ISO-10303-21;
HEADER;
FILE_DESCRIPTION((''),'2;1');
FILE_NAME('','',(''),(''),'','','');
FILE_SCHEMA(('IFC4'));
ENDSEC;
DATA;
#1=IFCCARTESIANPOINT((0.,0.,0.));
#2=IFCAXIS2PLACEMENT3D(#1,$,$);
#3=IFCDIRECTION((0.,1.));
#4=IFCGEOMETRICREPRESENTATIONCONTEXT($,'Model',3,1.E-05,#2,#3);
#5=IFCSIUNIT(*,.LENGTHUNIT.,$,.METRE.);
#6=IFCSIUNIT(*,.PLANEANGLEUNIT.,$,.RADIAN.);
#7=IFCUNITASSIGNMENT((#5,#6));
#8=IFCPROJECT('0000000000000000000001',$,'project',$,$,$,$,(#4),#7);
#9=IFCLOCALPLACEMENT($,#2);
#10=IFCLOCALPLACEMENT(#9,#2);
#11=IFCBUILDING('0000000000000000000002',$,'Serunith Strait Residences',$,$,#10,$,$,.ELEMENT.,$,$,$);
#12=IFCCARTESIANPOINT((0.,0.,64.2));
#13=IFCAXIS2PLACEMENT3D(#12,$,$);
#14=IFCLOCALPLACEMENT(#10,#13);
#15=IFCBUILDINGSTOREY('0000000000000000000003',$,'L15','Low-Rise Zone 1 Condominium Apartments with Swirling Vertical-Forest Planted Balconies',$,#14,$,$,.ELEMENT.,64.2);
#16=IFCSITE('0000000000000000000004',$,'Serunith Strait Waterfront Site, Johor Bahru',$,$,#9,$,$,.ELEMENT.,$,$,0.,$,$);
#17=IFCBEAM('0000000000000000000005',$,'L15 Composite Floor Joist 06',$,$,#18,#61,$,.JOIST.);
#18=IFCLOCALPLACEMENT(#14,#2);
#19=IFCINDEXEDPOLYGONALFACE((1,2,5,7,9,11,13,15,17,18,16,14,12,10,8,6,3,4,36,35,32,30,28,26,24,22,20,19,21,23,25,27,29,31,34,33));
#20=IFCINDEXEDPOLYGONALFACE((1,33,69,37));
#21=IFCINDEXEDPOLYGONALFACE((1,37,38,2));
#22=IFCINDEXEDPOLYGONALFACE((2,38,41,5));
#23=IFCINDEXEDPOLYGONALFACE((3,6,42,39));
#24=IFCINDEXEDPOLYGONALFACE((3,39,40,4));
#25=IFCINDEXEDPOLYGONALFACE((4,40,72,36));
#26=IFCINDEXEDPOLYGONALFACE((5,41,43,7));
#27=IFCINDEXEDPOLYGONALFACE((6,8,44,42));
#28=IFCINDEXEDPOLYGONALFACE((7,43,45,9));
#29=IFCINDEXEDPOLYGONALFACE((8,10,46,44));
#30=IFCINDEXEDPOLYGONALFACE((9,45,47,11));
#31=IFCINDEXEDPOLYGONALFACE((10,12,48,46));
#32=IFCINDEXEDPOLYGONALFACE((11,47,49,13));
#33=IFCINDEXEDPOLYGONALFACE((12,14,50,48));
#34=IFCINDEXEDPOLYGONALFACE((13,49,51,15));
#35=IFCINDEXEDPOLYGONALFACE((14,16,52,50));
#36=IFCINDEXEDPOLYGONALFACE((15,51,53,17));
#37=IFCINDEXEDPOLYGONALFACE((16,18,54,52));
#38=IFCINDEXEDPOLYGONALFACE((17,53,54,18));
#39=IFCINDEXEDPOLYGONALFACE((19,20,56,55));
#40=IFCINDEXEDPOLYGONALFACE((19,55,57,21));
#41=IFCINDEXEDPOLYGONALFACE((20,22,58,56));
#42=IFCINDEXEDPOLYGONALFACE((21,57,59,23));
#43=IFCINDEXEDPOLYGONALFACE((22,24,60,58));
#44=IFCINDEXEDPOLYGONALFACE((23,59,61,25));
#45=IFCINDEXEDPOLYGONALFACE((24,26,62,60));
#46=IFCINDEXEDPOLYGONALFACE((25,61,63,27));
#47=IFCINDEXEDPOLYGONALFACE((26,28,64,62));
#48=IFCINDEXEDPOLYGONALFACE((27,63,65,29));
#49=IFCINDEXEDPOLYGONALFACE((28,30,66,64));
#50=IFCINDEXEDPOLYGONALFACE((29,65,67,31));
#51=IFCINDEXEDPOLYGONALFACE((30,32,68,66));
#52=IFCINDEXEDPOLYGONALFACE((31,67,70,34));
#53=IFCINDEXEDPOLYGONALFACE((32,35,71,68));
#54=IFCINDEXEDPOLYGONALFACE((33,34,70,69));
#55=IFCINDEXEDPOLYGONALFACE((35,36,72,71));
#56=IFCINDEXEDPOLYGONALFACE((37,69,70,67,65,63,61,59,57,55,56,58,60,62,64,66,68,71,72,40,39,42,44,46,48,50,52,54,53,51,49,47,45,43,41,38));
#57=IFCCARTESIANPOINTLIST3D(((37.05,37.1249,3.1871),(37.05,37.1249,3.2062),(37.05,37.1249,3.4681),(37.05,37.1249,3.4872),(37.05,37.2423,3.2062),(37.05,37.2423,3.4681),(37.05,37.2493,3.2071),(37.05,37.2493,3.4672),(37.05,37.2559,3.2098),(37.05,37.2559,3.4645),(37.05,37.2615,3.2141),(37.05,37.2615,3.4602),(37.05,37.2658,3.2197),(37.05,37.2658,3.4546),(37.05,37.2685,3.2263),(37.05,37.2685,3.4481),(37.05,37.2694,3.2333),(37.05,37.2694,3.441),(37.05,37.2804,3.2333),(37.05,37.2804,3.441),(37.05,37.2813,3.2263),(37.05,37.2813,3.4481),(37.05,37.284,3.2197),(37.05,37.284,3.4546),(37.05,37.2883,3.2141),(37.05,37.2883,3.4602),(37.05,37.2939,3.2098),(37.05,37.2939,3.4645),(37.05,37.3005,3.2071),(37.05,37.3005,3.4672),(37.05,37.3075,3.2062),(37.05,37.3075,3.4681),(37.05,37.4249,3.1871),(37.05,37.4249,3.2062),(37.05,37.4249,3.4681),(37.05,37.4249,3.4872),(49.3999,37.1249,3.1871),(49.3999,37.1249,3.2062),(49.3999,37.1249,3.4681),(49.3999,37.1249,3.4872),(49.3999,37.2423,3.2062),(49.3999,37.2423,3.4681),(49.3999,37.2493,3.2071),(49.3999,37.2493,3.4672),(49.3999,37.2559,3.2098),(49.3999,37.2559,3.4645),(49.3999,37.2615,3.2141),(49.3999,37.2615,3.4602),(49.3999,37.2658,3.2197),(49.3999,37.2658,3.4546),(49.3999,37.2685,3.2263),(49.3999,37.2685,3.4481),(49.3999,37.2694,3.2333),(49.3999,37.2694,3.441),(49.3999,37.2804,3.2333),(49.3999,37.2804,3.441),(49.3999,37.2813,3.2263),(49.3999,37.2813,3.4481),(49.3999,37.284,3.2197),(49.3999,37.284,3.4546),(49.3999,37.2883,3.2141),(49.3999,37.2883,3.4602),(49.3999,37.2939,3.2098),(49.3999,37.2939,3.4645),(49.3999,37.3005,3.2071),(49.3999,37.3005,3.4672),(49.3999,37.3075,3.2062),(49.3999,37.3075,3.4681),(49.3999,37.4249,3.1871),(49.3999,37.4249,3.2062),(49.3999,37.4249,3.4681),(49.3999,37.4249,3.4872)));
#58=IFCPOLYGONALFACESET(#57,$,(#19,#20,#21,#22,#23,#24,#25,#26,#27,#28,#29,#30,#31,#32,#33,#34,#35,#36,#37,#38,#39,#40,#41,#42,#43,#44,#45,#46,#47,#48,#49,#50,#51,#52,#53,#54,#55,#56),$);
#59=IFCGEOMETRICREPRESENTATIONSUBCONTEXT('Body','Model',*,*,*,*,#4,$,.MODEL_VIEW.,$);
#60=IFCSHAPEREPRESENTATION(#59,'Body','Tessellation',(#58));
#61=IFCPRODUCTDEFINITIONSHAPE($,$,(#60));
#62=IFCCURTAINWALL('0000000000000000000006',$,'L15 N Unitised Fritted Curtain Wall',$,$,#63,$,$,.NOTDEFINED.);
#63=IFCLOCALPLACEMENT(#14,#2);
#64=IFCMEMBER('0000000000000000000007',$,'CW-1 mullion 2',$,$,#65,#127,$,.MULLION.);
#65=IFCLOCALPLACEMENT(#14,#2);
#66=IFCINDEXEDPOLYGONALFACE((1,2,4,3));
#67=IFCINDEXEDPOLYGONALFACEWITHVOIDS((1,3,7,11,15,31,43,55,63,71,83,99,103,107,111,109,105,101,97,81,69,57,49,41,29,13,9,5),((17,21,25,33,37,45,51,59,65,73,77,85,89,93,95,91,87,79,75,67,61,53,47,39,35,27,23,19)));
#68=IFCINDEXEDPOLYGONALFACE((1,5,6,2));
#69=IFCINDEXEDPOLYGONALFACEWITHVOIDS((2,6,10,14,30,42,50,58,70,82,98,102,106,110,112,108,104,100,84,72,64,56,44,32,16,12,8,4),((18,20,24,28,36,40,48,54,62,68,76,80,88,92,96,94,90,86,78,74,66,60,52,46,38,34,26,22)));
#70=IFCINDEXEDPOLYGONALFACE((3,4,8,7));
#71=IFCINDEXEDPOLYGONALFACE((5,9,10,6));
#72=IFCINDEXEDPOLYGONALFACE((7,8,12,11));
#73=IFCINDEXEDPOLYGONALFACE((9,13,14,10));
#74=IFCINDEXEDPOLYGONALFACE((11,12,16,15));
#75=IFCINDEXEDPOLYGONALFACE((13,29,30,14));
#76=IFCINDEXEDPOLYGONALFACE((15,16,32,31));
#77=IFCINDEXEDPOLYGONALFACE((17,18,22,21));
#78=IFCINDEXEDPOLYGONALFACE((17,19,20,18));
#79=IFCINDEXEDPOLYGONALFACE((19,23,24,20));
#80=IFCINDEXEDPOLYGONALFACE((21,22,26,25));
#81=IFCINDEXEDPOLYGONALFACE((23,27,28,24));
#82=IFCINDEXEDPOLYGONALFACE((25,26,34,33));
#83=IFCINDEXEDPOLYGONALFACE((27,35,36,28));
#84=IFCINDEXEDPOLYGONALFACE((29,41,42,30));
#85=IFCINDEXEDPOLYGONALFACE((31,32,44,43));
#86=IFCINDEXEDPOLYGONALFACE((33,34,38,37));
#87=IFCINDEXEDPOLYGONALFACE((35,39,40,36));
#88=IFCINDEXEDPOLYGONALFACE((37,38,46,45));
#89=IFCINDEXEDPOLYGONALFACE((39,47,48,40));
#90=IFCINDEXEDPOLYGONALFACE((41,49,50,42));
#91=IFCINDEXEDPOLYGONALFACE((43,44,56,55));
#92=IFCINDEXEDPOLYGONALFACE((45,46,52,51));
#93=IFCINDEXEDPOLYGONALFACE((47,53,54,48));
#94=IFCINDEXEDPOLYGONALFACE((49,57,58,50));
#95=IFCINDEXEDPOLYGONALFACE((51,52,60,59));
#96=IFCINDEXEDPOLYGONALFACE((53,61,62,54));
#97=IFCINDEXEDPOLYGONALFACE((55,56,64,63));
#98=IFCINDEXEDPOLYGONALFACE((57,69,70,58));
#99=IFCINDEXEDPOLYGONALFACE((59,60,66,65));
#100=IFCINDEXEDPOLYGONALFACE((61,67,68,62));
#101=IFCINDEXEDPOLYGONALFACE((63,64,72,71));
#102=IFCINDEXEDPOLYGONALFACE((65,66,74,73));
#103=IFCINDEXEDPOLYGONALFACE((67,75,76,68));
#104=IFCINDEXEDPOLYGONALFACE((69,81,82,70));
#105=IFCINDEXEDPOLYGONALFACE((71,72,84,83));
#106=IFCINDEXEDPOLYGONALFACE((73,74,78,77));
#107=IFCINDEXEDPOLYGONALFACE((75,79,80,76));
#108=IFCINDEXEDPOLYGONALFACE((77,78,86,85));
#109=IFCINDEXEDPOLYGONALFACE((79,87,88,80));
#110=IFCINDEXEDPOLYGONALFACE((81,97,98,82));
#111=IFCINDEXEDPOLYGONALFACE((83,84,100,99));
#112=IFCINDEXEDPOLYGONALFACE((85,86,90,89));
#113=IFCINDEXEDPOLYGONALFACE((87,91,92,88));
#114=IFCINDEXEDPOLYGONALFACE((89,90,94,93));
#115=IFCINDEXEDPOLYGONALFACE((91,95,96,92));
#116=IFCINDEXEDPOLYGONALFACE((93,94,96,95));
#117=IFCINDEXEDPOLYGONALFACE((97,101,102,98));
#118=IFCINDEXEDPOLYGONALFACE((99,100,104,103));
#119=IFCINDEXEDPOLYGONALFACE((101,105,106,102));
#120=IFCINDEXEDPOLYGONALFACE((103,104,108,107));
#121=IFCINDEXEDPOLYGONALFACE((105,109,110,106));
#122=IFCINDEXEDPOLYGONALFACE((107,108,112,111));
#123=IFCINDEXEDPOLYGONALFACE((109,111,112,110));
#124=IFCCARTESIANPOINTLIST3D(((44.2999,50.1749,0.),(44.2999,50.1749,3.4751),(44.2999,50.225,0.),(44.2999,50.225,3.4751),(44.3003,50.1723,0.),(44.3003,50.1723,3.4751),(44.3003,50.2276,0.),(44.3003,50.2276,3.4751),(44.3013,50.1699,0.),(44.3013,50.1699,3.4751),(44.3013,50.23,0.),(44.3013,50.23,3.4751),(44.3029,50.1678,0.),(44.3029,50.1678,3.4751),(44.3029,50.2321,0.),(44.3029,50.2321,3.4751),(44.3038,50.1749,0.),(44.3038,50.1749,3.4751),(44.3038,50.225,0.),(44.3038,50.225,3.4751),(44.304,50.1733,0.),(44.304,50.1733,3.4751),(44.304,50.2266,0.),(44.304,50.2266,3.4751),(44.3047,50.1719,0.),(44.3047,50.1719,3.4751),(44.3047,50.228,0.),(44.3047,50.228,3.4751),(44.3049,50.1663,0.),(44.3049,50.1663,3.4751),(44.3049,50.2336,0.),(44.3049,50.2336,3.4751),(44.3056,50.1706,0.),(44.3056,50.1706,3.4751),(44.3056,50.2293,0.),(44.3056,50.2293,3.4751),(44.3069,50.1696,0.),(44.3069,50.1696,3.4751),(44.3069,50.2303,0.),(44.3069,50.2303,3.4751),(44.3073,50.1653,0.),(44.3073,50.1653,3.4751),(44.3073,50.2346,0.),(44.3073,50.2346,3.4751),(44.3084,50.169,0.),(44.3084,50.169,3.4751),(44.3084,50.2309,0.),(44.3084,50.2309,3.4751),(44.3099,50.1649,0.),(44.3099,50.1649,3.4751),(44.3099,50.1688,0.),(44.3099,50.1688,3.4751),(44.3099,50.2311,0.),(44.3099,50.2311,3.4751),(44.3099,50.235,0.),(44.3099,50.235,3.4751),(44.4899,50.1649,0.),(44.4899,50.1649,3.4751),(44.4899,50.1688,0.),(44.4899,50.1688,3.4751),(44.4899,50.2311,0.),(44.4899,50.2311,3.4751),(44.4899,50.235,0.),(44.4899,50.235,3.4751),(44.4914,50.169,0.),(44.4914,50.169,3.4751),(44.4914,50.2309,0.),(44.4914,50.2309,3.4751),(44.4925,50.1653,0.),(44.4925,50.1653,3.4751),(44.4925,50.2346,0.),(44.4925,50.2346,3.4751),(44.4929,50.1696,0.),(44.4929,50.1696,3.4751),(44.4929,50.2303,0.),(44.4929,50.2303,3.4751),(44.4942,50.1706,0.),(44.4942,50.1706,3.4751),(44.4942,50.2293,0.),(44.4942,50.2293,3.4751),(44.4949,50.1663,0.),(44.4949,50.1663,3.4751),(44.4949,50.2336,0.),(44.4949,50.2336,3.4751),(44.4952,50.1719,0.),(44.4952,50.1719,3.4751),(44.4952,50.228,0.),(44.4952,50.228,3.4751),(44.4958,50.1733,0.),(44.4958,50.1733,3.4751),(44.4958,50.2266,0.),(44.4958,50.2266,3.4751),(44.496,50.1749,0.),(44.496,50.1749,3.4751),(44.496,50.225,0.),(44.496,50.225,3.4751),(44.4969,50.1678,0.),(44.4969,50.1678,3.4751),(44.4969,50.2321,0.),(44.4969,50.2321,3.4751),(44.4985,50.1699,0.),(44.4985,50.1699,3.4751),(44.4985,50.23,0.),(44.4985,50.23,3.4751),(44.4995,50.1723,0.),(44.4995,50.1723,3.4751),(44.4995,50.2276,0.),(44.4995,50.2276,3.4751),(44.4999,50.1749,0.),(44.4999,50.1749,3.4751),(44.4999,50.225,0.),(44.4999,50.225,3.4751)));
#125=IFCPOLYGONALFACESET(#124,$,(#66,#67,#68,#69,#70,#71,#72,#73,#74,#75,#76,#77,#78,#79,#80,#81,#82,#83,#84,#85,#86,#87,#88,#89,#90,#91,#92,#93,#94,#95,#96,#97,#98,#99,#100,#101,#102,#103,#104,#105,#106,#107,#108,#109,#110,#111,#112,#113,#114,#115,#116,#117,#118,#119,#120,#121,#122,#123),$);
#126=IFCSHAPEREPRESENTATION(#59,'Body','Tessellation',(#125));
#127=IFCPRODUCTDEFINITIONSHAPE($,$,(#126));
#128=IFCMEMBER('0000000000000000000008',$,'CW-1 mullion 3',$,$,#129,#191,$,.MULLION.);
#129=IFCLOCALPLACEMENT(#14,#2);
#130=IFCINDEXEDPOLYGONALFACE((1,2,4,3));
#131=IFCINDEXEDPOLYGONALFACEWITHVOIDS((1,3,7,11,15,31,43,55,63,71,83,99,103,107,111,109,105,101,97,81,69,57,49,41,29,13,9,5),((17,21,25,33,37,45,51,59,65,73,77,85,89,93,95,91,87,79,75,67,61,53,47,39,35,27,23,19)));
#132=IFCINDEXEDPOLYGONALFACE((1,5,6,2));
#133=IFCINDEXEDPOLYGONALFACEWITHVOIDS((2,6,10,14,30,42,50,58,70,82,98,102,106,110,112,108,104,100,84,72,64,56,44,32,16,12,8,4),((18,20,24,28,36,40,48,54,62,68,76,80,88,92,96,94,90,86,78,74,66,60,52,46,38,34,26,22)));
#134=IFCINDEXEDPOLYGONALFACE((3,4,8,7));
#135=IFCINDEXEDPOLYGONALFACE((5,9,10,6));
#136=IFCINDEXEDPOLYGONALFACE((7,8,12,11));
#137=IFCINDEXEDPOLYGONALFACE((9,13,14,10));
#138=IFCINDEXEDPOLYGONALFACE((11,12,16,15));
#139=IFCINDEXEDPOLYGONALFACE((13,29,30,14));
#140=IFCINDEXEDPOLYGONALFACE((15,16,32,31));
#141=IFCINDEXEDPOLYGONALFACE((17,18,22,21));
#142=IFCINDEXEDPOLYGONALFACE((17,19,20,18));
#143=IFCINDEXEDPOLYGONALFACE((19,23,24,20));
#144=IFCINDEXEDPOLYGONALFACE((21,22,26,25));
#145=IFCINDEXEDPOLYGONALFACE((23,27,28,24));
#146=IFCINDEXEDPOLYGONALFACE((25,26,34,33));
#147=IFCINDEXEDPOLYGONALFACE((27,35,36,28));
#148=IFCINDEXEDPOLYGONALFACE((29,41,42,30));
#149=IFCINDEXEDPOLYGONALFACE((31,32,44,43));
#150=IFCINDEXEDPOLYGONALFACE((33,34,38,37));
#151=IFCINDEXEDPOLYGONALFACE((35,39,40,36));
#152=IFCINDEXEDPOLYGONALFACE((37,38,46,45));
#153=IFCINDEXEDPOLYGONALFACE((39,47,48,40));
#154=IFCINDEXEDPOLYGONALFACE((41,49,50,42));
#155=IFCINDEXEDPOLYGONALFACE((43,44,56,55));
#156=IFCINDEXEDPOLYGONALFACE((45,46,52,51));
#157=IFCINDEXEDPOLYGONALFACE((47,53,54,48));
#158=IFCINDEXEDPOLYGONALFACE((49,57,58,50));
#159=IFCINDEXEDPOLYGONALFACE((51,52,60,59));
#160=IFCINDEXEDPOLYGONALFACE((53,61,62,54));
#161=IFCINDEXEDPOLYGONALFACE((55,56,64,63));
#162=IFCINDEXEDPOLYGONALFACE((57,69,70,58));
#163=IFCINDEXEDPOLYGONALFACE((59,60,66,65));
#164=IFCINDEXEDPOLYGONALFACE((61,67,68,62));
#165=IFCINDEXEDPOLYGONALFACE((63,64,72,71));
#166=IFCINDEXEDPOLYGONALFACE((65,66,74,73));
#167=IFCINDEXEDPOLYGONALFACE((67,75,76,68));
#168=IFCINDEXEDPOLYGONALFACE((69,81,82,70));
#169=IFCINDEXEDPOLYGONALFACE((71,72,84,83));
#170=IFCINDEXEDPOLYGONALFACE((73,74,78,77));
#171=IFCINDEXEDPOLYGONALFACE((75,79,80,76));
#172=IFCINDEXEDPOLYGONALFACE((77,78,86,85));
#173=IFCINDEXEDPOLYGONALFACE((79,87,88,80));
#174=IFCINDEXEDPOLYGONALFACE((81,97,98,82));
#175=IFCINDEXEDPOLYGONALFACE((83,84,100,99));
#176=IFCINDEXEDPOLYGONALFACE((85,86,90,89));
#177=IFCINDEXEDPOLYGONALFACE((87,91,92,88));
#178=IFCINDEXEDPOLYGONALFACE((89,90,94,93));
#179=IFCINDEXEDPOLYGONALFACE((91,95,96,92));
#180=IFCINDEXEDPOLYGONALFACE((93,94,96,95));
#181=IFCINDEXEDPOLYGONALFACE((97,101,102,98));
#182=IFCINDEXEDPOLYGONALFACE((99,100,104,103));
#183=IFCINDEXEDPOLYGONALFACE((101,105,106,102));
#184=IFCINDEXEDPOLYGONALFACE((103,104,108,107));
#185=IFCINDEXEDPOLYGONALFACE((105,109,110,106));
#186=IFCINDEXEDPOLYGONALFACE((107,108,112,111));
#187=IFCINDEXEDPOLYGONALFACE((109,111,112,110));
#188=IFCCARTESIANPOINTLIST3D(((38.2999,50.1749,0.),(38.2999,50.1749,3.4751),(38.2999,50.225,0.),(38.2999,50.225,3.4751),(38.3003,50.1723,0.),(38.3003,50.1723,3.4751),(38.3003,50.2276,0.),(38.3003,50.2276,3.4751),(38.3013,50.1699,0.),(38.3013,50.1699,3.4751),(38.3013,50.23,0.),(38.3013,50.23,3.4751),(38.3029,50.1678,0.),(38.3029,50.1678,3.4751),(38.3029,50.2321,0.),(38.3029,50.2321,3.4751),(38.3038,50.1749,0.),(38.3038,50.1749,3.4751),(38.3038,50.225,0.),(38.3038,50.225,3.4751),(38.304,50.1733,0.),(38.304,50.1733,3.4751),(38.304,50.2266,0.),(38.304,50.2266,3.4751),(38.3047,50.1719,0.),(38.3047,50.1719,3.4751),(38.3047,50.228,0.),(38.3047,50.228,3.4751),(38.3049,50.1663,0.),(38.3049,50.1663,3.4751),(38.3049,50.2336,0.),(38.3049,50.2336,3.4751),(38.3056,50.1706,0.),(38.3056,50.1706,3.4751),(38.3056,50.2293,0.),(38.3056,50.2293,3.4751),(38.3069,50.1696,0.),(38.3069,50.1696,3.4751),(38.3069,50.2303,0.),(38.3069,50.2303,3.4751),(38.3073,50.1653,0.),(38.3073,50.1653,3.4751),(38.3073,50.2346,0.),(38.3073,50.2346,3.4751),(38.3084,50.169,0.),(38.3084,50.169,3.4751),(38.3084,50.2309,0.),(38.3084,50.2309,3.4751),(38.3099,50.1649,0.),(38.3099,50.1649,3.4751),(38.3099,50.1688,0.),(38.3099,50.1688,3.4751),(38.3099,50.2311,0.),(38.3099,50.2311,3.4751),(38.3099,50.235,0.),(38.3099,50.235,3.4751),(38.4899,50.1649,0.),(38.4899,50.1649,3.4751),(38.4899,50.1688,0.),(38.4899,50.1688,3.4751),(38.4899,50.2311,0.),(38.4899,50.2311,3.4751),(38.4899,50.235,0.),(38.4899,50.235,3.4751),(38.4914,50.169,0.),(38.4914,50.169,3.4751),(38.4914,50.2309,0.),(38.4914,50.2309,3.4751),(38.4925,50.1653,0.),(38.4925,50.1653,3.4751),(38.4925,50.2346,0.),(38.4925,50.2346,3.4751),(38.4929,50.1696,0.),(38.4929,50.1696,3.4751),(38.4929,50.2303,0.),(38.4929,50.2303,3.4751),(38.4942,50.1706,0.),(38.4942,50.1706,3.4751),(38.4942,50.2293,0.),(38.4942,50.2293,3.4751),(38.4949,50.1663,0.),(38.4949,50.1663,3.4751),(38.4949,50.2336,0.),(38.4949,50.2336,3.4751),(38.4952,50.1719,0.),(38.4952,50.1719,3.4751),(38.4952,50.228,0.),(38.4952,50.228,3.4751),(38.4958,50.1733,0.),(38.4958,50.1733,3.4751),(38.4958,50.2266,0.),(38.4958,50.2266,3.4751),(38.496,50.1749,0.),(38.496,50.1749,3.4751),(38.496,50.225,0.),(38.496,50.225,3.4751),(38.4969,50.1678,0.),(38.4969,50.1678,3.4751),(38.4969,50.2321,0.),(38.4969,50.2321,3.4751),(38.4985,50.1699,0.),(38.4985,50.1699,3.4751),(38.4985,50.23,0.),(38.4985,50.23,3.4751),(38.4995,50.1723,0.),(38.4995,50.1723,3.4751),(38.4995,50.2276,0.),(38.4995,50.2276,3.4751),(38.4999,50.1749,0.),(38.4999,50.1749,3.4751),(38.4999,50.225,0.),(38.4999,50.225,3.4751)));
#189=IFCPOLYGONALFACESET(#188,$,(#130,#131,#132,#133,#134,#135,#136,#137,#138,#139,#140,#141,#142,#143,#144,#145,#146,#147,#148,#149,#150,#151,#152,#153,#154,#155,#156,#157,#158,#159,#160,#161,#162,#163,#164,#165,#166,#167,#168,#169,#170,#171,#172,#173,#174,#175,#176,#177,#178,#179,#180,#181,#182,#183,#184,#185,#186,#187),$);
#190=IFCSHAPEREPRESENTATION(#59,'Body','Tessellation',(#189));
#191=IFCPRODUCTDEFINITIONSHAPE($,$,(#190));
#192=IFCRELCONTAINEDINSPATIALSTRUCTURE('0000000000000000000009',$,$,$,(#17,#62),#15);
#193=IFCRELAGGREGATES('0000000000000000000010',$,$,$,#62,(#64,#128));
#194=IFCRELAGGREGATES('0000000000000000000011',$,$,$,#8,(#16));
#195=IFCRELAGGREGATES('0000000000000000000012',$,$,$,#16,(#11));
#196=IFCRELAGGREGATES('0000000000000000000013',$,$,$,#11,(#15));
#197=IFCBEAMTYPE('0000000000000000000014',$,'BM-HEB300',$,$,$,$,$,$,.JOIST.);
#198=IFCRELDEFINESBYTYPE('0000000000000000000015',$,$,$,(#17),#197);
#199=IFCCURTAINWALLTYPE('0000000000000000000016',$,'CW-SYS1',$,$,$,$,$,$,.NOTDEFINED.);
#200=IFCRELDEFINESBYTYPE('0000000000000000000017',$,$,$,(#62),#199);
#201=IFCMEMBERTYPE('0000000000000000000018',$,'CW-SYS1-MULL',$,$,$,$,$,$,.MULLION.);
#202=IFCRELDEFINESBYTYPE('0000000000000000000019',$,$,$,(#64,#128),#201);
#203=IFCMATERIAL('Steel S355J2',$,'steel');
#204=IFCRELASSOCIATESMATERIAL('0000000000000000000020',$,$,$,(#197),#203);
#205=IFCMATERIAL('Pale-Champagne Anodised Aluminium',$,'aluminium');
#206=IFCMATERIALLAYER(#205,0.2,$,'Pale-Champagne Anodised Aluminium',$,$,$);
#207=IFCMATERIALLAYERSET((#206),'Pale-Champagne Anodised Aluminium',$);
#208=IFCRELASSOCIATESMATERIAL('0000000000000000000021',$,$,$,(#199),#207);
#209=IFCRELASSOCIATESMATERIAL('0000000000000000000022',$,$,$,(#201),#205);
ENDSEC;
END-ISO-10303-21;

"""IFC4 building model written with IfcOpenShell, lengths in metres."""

from ifc_helpers import new_model, si_unit, direction, frame, origin, origin_2d, place, context, subcontext, project, spatial, hollow_rectangle, i_section, extrude, source, transform, mapped, material, layer, layer_set, material_profile, profile_set, type_object, element, aggregate, save


model = new_model("IFC4")

# Units and contexts
model_context = context("Model", 3, precision=1e-05, world=origin(), true_north=direction((0.0, 1.0)))
body_context = subcontext(model_context, "Body", "Model", "MODEL_VIEW")
ifc_project = project(units=[si_unit("LENGTHUNIT", "METRE"), si_unit("PLANEANGLEUNIT", "RADIAN")], contexts=[model_context])

# Site, building, storey
site_placement = place(None, origin())
site = spatial("IfcSite", under=ifc_project, at=site_placement, Name="Serunith Strait Waterfront Site, Johor Bahru", CompositionType="ELEMENT", RefElevation=0.0)
building_placement = place(site_placement, origin())
building = spatial("IfcBuilding", under=site, at=building_placement, Name="Serunith Strait Residences", CompositionType="ELEMENT")
storey_placement = place(building_placement, frame((0.0, 0.0, 64.2)))
storey = spatial("IfcBuildingStorey", under=building, at=storey_placement, Name="L15", Description="Low-Rise Zone 1 Condominium Apartments with Swirling Vertical-Forest Planted Balconies", CompositionType="ELEMENT", Elevation=64.2)

# Beam
ifc_material_1 = material(Name="Steel S355J2", Category="steel")
ifc_material_profile_1 = material_profile(ifc_material_1, i_section(OverallWidth=0.3, OverallDepth=0.3, WebThickness=0.011, FlangeThickness=0.019, FilletRadius=0.0271, at=origin_2d()), Name="HEB 300")
ifc_profile_set_1 = profile_set([ifc_material_profile_1], Name="Steel S355J2")
beam_type_1 = type_object("IfcBeamType", Name="BM-HEB300", PredefinedType="JOIST", material=ifc_profile_set_1)
shared_shape_1 = source(origin(), body_context, "Body", "SweptSolid", [
    extrude(i_section(OverallWidth=0.3, OverallDepth=0.3, WebThickness=0.011, FlangeThickness=0.019, FilletRadius=0.0271, at=origin_2d()), origin(), (0.0, 0.0, 1.0), 12.3499),
])
beam_1_placement = place(storey_placement, frame((37.05, 37.2749, 3.3372), z_axis=(1.0, 0.0, 0.0), x_axis=(0.0, 1.0, 0.0)))
element("IfcBeam", 1, at=beam_1_placement, inside=storey, type_object=beam_type_1, Name="L15 Composite Floor Joist 06", PredefinedType="JOIST", context=body_context, shape_type="MappedRepresentation", body=[
    mapped(shared_shape_1, transform((0.0, 0.0, 0.0), scale=1.0)),
])

# Curtain wall, members
ifc_material_2 = material(Name="Pale-Champagne Anodised Aluminium", Category="aluminium")
ifc_layer_1 = layer(ifc_material_2, 0.2, Name="Pale-Champagne Anodised Aluminium")
ifc_layer_set_1 = layer_set([ifc_layer_1], Name="Pale-Champagne Anodised Aluminium")
curtain_wall_type = type_object("IfcCurtainWallType", Name="CW-SYS1", PredefinedType="NOTDEFINED", material=ifc_layer_set_1)
curtain_wall_placement = place(storey_placement, origin())
curtain_wall = element("IfcCurtainWall", 2, at=curtain_wall_placement, inside=storey, type_object=curtain_wall_type, Name="L15 N Unitised Fritted Curtain Wall", PredefinedType="NOTDEFINED")
ifc_material_profile_2 = material_profile(ifc_material_2, hollow_rectangle(XDim=0.0701, YDim=0.2, WallThickness=0.0039, InnerFilletRadius=0.0061, OuterFilletRadius=0.01, at=origin_2d()), Name="ALU 200x70x4")
ifc_profile_set_2 = profile_set([ifc_material_profile_2], Name="Pale-Champagne Anodised Aluminium")
member_type_1 = type_object("IfcMemberType", Name="CW-SYS1-MULL", PredefinedType="MULLION", material=ifc_profile_set_2)
shared_shape_2 = source(origin(), body_context, "Body", "SweptSolid", [
    extrude(hollow_rectangle(XDim=0.0701, YDim=0.2, WallThickness=0.0039, InnerFilletRadius=0.0061, OuterFilletRadius=0.01, at=origin_2d()), origin(), (0.0, 0.0, 1.0), 3.4751),
])
member_1_placement = place(storey_placement, frame((44.3999, 50.2, 0.0), z_axis=(0.0, 0.0, 1.0), x_axis=(0.0, -1.0, 0.0)))
member_1 = element("IfcMember", 3, at=member_1_placement, type_object=member_type_1, Name="CW-1 mullion 2", PredefinedType="MULLION", context=body_context, shape_type="MappedRepresentation", body=[
    mapped(shared_shape_2, transform((0.0, 0.0, 0.0), scale=1.0)),
])
member_2_placement = place(storey_placement, frame((38.3999, 50.2, 0.0), z_axis=(0.0, 0.0, 1.0), x_axis=(0.0, -1.0, 0.0)))
member_2 = element("IfcMember", 4, at=member_2_placement, type_object=member_type_1, Name="CW-1 mullion 3", PredefinedType="MULLION", context=body_context, shape_type="MappedRepresentation", body=[
    mapped(shared_shape_2, transform((0.0, 0.0, 0.0), scale=1.0)),
])
aggregate(curtain_wall, [member_1, member_2])

save(model, "model.ifc")
